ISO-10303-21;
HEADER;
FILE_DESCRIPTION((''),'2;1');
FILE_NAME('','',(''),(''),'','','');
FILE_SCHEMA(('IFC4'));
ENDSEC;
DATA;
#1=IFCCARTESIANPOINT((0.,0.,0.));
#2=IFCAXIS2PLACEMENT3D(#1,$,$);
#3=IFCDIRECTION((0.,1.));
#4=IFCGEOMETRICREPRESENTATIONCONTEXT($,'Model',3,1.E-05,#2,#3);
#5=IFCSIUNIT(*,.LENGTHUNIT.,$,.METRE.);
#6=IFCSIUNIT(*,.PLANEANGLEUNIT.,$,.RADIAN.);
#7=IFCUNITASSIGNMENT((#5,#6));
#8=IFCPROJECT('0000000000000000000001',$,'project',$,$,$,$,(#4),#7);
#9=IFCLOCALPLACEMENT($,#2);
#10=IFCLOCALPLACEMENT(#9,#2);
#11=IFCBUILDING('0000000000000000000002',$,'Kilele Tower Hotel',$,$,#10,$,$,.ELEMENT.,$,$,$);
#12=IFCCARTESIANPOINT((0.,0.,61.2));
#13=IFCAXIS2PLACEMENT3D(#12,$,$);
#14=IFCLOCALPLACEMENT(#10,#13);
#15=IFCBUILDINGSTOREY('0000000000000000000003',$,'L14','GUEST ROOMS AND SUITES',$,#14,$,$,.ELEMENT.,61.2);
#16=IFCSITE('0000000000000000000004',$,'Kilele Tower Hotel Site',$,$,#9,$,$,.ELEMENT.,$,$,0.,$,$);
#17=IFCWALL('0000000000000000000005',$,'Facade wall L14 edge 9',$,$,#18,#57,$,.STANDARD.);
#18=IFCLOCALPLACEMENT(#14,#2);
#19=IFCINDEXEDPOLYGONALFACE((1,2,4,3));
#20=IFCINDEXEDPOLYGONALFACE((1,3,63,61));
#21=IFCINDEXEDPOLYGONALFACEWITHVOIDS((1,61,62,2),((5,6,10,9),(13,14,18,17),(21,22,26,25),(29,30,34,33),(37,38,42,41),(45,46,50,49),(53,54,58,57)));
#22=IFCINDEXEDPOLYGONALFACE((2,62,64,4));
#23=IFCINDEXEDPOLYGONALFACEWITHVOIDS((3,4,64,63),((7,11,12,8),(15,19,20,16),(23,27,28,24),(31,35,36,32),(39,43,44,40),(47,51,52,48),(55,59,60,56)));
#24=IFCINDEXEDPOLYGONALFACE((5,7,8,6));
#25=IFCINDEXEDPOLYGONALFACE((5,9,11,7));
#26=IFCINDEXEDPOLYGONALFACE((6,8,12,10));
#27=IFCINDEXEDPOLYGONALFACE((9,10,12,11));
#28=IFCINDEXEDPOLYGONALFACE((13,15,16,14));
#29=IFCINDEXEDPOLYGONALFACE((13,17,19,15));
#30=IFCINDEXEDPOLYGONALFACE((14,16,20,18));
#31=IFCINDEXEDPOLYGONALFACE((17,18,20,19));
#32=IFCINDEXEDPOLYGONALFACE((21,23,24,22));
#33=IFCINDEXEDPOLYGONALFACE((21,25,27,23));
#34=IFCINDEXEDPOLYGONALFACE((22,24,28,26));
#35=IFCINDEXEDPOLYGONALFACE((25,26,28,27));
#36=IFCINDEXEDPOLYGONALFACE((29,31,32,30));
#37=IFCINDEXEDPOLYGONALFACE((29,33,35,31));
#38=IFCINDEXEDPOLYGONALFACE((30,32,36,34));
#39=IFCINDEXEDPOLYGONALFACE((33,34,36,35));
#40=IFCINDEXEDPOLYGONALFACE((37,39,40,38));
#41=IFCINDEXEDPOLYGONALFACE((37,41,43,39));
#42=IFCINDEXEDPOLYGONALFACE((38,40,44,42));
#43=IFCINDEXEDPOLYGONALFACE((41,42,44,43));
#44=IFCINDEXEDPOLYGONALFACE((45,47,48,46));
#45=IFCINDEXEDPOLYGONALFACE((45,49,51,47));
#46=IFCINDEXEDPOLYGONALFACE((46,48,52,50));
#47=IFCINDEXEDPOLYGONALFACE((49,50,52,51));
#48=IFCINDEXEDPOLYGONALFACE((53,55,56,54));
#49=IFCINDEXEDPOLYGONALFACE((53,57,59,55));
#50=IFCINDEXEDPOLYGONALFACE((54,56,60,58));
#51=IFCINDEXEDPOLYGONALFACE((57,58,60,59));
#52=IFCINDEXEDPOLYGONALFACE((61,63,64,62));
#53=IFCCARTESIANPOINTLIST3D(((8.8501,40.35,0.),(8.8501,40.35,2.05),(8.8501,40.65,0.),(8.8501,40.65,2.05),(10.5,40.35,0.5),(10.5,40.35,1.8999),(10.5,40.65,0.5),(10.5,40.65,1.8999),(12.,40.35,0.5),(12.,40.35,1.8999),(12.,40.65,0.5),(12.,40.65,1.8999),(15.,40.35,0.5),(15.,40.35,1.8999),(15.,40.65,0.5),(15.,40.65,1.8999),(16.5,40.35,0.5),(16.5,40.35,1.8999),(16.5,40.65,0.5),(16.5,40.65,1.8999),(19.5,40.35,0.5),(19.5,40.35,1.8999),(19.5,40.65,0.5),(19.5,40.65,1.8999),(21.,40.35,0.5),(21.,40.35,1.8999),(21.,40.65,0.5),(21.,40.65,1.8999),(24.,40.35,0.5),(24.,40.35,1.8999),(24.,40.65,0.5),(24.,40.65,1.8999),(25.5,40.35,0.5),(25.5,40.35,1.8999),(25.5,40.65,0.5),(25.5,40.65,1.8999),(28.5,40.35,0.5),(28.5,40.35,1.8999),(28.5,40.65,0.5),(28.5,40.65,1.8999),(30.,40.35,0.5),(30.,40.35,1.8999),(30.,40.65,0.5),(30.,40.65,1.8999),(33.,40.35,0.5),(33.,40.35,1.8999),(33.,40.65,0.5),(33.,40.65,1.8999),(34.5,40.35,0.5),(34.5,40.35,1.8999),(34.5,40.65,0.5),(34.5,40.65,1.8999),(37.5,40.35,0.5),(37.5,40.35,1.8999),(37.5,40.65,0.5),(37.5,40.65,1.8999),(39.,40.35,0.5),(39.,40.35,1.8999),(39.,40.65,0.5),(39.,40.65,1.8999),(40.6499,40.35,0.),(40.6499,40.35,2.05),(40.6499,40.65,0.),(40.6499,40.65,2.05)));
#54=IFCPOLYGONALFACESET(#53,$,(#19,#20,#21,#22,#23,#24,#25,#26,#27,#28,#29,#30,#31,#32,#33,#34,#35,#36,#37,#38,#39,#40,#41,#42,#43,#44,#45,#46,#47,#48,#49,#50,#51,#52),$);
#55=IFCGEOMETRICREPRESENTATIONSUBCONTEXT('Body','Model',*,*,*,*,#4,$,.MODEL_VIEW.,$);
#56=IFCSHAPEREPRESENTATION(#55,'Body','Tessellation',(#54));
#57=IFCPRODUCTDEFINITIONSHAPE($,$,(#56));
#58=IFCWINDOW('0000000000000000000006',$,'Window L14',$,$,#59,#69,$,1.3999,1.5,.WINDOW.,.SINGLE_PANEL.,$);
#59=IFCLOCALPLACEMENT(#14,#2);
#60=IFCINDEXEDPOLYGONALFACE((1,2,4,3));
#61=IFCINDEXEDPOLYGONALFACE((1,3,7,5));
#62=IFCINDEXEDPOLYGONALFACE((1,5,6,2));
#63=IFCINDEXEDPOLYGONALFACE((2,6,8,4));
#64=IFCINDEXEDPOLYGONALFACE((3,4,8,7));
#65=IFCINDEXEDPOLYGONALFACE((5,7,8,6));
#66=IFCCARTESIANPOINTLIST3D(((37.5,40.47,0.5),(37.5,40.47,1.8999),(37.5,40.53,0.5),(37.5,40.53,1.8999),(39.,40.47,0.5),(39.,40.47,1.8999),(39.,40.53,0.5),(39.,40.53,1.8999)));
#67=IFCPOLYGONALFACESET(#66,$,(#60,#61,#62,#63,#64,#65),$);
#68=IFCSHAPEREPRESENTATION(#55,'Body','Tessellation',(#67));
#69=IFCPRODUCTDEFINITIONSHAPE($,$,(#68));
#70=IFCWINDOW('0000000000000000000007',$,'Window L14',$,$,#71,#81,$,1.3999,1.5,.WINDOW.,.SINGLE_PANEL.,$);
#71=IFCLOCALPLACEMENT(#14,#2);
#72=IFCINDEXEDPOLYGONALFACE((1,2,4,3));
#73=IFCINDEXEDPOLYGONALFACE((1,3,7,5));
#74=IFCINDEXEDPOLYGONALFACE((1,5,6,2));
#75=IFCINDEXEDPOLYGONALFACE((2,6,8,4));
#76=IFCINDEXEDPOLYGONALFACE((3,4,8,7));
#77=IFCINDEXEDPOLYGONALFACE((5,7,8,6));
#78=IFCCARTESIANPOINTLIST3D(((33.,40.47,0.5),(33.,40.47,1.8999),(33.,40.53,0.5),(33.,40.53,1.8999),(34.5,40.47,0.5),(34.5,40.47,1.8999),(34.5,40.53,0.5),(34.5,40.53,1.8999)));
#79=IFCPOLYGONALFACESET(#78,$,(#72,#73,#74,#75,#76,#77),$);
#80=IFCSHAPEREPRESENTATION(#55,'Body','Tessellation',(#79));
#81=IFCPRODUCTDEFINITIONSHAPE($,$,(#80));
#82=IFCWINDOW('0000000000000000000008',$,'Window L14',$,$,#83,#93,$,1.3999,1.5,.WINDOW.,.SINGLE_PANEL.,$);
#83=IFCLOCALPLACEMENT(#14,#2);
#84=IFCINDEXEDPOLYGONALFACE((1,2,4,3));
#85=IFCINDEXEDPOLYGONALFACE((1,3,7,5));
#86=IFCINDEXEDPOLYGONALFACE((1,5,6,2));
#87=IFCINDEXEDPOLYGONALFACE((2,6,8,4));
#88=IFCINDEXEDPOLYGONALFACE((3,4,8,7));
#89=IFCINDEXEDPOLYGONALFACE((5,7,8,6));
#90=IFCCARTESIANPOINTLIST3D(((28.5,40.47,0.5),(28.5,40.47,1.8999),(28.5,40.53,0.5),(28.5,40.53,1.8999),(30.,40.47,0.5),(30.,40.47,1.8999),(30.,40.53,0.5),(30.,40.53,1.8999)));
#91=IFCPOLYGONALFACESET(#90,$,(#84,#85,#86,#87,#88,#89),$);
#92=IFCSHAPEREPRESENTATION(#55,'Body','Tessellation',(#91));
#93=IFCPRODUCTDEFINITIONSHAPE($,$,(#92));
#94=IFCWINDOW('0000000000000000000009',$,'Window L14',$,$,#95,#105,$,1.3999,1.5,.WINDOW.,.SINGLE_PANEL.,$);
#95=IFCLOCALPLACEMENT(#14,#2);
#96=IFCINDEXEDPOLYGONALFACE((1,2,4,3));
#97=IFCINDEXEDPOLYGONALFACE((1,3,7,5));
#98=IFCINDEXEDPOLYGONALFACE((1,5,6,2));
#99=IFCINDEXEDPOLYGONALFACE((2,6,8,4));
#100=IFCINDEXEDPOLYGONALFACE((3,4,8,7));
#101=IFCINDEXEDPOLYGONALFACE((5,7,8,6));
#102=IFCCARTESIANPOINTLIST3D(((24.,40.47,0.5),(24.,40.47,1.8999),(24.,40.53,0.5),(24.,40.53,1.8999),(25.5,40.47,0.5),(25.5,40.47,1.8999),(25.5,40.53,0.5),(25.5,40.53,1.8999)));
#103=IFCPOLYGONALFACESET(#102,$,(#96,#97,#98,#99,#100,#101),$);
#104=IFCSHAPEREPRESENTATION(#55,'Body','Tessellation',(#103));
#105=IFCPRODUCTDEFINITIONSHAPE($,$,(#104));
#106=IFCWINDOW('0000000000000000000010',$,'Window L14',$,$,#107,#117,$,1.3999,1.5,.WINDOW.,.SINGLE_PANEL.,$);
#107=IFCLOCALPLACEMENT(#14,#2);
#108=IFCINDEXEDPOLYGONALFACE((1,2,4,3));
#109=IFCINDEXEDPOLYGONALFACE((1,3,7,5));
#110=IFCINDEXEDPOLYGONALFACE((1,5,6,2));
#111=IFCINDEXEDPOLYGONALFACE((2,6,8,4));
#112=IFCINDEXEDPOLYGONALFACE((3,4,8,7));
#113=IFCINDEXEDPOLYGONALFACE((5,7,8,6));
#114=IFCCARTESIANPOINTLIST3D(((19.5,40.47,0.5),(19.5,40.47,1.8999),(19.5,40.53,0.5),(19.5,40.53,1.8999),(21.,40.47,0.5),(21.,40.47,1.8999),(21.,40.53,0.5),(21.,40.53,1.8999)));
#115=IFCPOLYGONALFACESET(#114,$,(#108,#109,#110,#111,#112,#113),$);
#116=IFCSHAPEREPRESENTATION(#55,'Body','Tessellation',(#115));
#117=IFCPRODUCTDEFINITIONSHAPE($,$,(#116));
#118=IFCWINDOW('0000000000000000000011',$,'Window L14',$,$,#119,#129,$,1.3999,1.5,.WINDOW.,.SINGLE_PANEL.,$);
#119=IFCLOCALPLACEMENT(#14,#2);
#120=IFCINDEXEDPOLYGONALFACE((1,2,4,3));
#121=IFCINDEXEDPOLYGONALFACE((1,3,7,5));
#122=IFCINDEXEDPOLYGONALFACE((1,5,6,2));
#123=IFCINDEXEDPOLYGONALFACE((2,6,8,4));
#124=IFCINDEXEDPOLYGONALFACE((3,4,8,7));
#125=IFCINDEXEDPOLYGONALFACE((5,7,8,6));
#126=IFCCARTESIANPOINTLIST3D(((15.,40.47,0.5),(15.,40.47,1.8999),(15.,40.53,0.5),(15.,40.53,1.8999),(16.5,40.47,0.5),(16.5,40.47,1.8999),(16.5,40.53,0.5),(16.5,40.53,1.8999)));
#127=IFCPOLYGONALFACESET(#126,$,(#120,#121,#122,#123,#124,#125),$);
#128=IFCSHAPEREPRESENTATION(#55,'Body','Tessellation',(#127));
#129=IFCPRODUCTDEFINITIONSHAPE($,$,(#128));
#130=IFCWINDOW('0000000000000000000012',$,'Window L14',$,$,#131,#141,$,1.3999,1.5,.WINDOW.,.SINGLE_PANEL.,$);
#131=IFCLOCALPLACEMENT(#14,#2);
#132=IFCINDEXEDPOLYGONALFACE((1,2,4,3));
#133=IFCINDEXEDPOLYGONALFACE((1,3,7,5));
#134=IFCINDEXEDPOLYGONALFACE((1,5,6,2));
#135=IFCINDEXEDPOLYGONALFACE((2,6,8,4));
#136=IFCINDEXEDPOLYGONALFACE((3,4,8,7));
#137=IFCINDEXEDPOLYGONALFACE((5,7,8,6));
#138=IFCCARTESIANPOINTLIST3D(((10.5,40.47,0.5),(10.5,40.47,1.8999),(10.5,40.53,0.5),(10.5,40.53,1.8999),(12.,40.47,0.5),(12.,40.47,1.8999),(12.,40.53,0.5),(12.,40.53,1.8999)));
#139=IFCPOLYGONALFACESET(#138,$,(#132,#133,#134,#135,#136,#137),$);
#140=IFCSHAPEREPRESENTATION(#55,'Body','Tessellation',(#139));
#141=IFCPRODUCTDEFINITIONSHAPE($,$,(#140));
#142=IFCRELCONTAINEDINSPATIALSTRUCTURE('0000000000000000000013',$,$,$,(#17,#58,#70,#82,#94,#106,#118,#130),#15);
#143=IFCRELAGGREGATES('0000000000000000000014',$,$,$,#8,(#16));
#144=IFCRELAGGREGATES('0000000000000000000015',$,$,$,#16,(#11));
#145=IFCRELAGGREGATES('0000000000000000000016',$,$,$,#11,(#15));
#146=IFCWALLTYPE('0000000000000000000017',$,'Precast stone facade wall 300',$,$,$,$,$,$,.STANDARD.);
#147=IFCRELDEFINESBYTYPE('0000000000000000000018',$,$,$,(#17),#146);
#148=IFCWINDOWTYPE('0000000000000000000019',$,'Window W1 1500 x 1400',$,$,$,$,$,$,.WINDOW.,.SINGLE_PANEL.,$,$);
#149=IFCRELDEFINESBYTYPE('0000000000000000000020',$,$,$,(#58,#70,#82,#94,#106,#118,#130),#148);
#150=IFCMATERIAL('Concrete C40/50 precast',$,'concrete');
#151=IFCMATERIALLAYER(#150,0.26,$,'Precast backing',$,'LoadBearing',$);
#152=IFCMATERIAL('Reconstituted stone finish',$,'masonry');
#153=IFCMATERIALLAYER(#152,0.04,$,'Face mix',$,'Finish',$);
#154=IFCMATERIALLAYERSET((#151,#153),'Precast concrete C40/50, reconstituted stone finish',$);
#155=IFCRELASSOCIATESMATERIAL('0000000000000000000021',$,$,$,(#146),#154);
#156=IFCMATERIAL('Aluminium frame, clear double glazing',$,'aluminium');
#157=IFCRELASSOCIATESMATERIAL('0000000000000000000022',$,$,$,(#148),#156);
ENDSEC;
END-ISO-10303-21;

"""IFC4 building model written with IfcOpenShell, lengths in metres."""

from ifc_helpers import new_model, si_unit, direction, frame, frame_2d, origin, place, context, subcontext, project, spatial, rectangle, extrude, material, layer, layer_set, type_object, element, fill, save


model = new_model("IFC4")

# Units and contexts
model_context = context("Model", 3, precision=1e-05, world=origin(), true_north=direction((0.0, 1.0)))
body_context = subcontext(model_context, "Body", "Model", "MODEL_VIEW")
ifc_project = project(units=[si_unit("LENGTHUNIT", "METRE"), si_unit("PLANEANGLEUNIT", "RADIAN")], contexts=[model_context])

# Site, building, storey
site_placement = place(None, origin())
site = spatial("IfcSite", under=ifc_project, at=site_placement, Name="Kilele Tower Hotel Site", CompositionType="ELEMENT", RefElevation=0.0)
building_placement = place(site_placement, origin())
building = spatial("IfcBuilding", under=site, at=building_placement, Name="Kilele Tower Hotel", CompositionType="ELEMENT")
storey_placement = place(building_placement, frame((0.0, 0.0, 61.2)))
storey = spatial("IfcBuildingStorey", under=building, at=storey_placement, Name="L14", Description="GUEST ROOMS AND SUITES", CompositionType="ELEMENT", Elevation=61.2)

# Shared definitions
ifc_material_1 = material(Name="Concrete C40/50 precast", Category="concrete")
ifc_layer_1 = layer(ifc_material_1, 0.26, Name="Precast backing", Category="LoadBearing")
ifc_material_2 = material(Name="Reconstituted stone finish", Category="masonry")
ifc_layer_2 = layer(ifc_material_2, 0.04, Name="Face mix", Category="Finish")
ifc_layer_set_1 = layer_set([ifc_layer_1, ifc_layer_2], Name="Precast concrete C40/50, reconstituted stone finish")
wall_type_1 = type_object("IfcWallType", Name="Precast stone facade wall 300", PredefinedType="STANDARD", material=ifc_layer_set_1)
ifc_material_3 = material(Name="Aluminium frame, clear double glazing", Category="aluminium")
window_type_1 = type_object("IfcWindowType", Name="Window W1 1500 x 1400", PartitioningType="SINGLE_PANEL", PredefinedType="WINDOW", material=ifc_material_3)

# Wall, openings, windows
wall_1_placement = place(storey_placement, frame((40.6499, 40.5, 0.0), z_axis=(0.0, 0.0, 1.0), x_axis=(-1.0, 0.0, 0.0)))
wall_1 = element("IfcWall", 1, at=wall_1_placement, inside=storey, type_object=wall_type_1, Name="Facade wall L14 edge 9", PredefinedType="STANDARD", context=body_context, shape_type="SweptSolid", body=[
    extrude(rectangle(XDim=31.7998, YDim=0.3, at=frame_2d((15.8999, 0.0))), origin(), (0.0, 0.0, 1.0), 2.05),
])
opening_1_placement = place(wall_1_placement, frame((1.6499, 0.0, 0.5)))
opening_1 = element("IfcOpeningElement", 2, at=opening_1_placement, cuts=wall_1, PredefinedType="OPENING", context=body_context, shape_type="SweptSolid", body=[
    extrude(rectangle(XDim=1.5, YDim=1.3999, at=frame_2d((0.75, 0.7))), frame((0.0, 0.1599, 0.0), z_axis=(0.0, -1.0, 0.0), x_axis=(1.0, 0.0, 0.0)), (0.0, 0.0, 1.0), 0.3201),
])
opening_2_placement = place(wall_1_placement, frame((6.1499, 0.0, 0.5)))
opening_2 = element("IfcOpeningElement", 3, at=opening_2_placement, cuts=wall_1, PredefinedType="OPENING", context=body_context, shape_type="SweptSolid", body=[
    extrude(rectangle(XDim=1.5, YDim=1.3999, at=frame_2d((0.75, 0.7))), frame((0.0, 0.1599, 0.0), z_axis=(0.0, -1.0, 0.0), x_axis=(1.0, 0.0, 0.0)), (0.0, 0.0, 1.0), 0.3201),
])
opening_3_placement = place(wall_1_placement, frame((10.6499, 0.0, 0.5)))
opening_3 = element("IfcOpeningElement", 4, at=opening_3_placement, cuts=wall_1, PredefinedType="OPENING", context=body_context, shape_type="SweptSolid", body=[
    extrude(rectangle(XDim=1.5, YDim=1.3999, at=frame_2d((0.75, 0.7))), frame((0.0, 0.1599, 0.0), z_axis=(0.0, -1.0, 0.0), x_axis=(1.0, 0.0, 0.0)), (0.0, 0.0, 1.0), 0.3201),
])
opening_4_placement = place(wall_1_placement, frame((15.1499, 0.0, 0.5)))
opening_4 = element("IfcOpeningElement", 5, at=opening_4_placement, cuts=wall_1, PredefinedType="OPENING", context=body_context, shape_type="SweptSolid", body=[
    extrude(rectangle(XDim=1.5, YDim=1.3999, at=frame_2d((0.75, 0.7))), frame((0.0, 0.1599, 0.0), z_axis=(0.0, -1.0, 0.0), x_axis=(1.0, 0.0, 0.0)), (0.0, 0.0, 1.0), 0.3201),
])
opening_5_placement = place(wall_1_placement, frame((19.6499, 0.0, 0.5)))
opening_5 = element("IfcOpeningElement", 6, at=opening_5_placement, cuts=wall_1, PredefinedType="OPENING", context=body_context, shape_type="SweptSolid", body=[
    extrude(rectangle(XDim=1.5, YDim=1.3999, at=frame_2d((0.75, 0.7))), frame((0.0, 0.1599, 0.0), z_axis=(0.0, -1.0, 0.0), x_axis=(1.0, 0.0, 0.0)), (0.0, 0.0, 1.0), 0.3201),
])
opening_6_placement = place(wall_1_placement, frame((24.1499, 0.0, 0.5)))
opening_6 = element("IfcOpeningElement", 7, at=opening_6_placement, cuts=wall_1, PredefinedType="OPENING", context=body_context, shape_type="SweptSolid", body=[
    extrude(rectangle(XDim=1.5, YDim=1.3999, at=frame_2d((0.75, 0.7))), frame((0.0, 0.1599, 0.0), z_axis=(0.0, -1.0, 0.0), x_axis=(1.0, 0.0, 0.0)), (0.0, 0.0, 1.0), 0.3201),
])
opening_7_placement = place(wall_1_placement, frame((28.6499, 0.0, 0.5)))
opening_7 = element("IfcOpeningElement", 8, at=opening_7_placement, cuts=wall_1, PredefinedType="OPENING", context=body_context, shape_type="SweptSolid", body=[
    extrude(rectangle(XDim=1.5, YDim=1.3999, at=frame_2d((0.75, 0.7))), frame((0.0, 0.1599, 0.0), z_axis=(0.0, -1.0, 0.0), x_axis=(1.0, 0.0, 0.0)), (0.0, 0.0, 1.0), 0.3201),
])
window_1_placement = place(opening_1_placement, origin())
window_1 = element("IfcWindow", 9, at=window_1_placement, inside=storey, type_object=window_type_1, Name="Window L14", OverallHeight=1.3999, OverallWidth=1.5, PartitioningType="SINGLE_PANEL", PredefinedType="WINDOW", context=body_context, shape_type="SweptSolid", body=[
    extrude(rectangle(XDim=1.5, YDim=1.3999, at=frame_2d((0.75, 0.7))), frame((0.0, 0.03, 0.0), z_axis=(0.0, -1.0, 0.0), x_axis=(1.0, 0.0, 0.0)), (0.0, 0.0, 1.0), 0.0601),
])
fill(opening_1, window_1)
window_2_placement = place(opening_2_placement, origin())
window_2 = element("IfcWindow", 10, at=window_2_placement, inside=storey, type_object=window_type_1, Name="Window L14", OverallHeight=1.3999, OverallWidth=1.5, PartitioningType="SINGLE_PANEL", PredefinedType="WINDOW", context=body_context, shape_type="SweptSolid", body=[
    extrude(rectangle(XDim=1.5, YDim=1.3999, at=frame_2d((0.75, 0.7))), frame((0.0, 0.03, 0.0), z_axis=(0.0, -1.0, 0.0), x_axis=(1.0, 0.0, 0.0)), (0.0, 0.0, 1.0), 0.0601),
])
fill(opening_2, window_2)
window_3_placement = place(opening_3_placement, origin())
window_3 = element("IfcWindow", 11, at=window_3_placement, inside=storey, type_object=window_type_1, Name="Window L14", OverallHeight=1.3999, OverallWidth=1.5, PartitioningType="SINGLE_PANEL", PredefinedType="WINDOW", context=body_context, shape_type="SweptSolid", body=[
    extrude(rectangle(XDim=1.5, YDim=1.3999, at=frame_2d((0.75, 0.7))), frame((0.0, 0.03, 0.0), z_axis=(0.0, -1.0, 0.0), x_axis=(1.0, 0.0, 0.0)), (0.0, 0.0, 1.0), 0.0601),
])
fill(opening_3, window_3)
window_4_placement = place(opening_4_placement, origin())
window_4 = element("IfcWindow", 12, at=window_4_placement, inside=storey, type_object=window_type_1, Name="Window L14", OverallHeight=1.3999, OverallWidth=1.5, PartitioningType="SINGLE_PANEL", PredefinedType="WINDOW", context=body_context, shape_type="SweptSolid", body=[
    extrude(rectangle(XDim=1.5, YDim=1.3999, at=frame_2d((0.75, 0.7))), frame((0.0, 0.03, 0.0), z_axis=(0.0, -1.0, 0.0), x_axis=(1.0, 0.0, 0.0)), (0.0, 0.0, 1.0), 0.0601),
])
fill(opening_4, window_4)
window_5_placement = place(opening_5_placement, origin())
window_5 = element("IfcWindow", 13, at=window_5_placement, inside=storey, type_object=window_type_1, Name="Window L14", OverallHeight=1.3999, OverallWidth=1.5, PartitioningType="SINGLE_PANEL", PredefinedType="WINDOW", context=body_context, shape_type="SweptSolid", body=[
    extrude(rectangle(XDim=1.5, YDim=1.3999, at=frame_2d((0.75, 0.7))), frame((0.0, 0.03, 0.0), z_axis=(0.0, -1.0, 0.0), x_axis=(1.0, 0.0, 0.0)), (0.0, 0.0, 1.0), 0.0601),
])
fill(opening_5, window_5)
window_6_placement = place(opening_6_placement, origin())
window_6 = element("IfcWindow", 14, at=window_6_placement, inside=storey, type_object=window_type_1, Name="Window L14", OverallHeight=1.3999, OverallWidth=1.5, PartitioningType="SINGLE_PANEL", PredefinedType="WINDOW", context=body_context, shape_type="SweptSolid", body=[
    extrude(rectangle(XDim=1.5, YDim=1.3999, at=frame_2d((0.75, 0.7))), frame((0.0, 0.03, 0.0), z_axis=(0.0, -1.0, 0.0), x_axis=(1.0, 0.0, 0.0)), (0.0, 0.0, 1.0), 0.0601),
])
fill(opening_6, window_6)
window_7_placement = place(opening_7_placement, origin())
window_7 = element("IfcWindow", 15, at=window_7_placement, inside=storey, type_object=window_type_1, Name="Window L14", OverallHeight=1.3999, OverallWidth=1.5, PartitioningType="SINGLE_PANEL", PredefinedType="WINDOW", context=body_context, shape_type="SweptSolid", body=[
    extrude(rectangle(XDim=1.5, YDim=1.3999, at=frame_2d((0.75, 0.7))), frame((0.0, 0.03, 0.0), z_axis=(0.0, -1.0, 0.0), x_axis=(1.0, 0.0, 0.0)), (0.0, 0.0, 1.0), 0.0601),
])
fill(opening_7, window_7)

save(model, "model.ifc")
